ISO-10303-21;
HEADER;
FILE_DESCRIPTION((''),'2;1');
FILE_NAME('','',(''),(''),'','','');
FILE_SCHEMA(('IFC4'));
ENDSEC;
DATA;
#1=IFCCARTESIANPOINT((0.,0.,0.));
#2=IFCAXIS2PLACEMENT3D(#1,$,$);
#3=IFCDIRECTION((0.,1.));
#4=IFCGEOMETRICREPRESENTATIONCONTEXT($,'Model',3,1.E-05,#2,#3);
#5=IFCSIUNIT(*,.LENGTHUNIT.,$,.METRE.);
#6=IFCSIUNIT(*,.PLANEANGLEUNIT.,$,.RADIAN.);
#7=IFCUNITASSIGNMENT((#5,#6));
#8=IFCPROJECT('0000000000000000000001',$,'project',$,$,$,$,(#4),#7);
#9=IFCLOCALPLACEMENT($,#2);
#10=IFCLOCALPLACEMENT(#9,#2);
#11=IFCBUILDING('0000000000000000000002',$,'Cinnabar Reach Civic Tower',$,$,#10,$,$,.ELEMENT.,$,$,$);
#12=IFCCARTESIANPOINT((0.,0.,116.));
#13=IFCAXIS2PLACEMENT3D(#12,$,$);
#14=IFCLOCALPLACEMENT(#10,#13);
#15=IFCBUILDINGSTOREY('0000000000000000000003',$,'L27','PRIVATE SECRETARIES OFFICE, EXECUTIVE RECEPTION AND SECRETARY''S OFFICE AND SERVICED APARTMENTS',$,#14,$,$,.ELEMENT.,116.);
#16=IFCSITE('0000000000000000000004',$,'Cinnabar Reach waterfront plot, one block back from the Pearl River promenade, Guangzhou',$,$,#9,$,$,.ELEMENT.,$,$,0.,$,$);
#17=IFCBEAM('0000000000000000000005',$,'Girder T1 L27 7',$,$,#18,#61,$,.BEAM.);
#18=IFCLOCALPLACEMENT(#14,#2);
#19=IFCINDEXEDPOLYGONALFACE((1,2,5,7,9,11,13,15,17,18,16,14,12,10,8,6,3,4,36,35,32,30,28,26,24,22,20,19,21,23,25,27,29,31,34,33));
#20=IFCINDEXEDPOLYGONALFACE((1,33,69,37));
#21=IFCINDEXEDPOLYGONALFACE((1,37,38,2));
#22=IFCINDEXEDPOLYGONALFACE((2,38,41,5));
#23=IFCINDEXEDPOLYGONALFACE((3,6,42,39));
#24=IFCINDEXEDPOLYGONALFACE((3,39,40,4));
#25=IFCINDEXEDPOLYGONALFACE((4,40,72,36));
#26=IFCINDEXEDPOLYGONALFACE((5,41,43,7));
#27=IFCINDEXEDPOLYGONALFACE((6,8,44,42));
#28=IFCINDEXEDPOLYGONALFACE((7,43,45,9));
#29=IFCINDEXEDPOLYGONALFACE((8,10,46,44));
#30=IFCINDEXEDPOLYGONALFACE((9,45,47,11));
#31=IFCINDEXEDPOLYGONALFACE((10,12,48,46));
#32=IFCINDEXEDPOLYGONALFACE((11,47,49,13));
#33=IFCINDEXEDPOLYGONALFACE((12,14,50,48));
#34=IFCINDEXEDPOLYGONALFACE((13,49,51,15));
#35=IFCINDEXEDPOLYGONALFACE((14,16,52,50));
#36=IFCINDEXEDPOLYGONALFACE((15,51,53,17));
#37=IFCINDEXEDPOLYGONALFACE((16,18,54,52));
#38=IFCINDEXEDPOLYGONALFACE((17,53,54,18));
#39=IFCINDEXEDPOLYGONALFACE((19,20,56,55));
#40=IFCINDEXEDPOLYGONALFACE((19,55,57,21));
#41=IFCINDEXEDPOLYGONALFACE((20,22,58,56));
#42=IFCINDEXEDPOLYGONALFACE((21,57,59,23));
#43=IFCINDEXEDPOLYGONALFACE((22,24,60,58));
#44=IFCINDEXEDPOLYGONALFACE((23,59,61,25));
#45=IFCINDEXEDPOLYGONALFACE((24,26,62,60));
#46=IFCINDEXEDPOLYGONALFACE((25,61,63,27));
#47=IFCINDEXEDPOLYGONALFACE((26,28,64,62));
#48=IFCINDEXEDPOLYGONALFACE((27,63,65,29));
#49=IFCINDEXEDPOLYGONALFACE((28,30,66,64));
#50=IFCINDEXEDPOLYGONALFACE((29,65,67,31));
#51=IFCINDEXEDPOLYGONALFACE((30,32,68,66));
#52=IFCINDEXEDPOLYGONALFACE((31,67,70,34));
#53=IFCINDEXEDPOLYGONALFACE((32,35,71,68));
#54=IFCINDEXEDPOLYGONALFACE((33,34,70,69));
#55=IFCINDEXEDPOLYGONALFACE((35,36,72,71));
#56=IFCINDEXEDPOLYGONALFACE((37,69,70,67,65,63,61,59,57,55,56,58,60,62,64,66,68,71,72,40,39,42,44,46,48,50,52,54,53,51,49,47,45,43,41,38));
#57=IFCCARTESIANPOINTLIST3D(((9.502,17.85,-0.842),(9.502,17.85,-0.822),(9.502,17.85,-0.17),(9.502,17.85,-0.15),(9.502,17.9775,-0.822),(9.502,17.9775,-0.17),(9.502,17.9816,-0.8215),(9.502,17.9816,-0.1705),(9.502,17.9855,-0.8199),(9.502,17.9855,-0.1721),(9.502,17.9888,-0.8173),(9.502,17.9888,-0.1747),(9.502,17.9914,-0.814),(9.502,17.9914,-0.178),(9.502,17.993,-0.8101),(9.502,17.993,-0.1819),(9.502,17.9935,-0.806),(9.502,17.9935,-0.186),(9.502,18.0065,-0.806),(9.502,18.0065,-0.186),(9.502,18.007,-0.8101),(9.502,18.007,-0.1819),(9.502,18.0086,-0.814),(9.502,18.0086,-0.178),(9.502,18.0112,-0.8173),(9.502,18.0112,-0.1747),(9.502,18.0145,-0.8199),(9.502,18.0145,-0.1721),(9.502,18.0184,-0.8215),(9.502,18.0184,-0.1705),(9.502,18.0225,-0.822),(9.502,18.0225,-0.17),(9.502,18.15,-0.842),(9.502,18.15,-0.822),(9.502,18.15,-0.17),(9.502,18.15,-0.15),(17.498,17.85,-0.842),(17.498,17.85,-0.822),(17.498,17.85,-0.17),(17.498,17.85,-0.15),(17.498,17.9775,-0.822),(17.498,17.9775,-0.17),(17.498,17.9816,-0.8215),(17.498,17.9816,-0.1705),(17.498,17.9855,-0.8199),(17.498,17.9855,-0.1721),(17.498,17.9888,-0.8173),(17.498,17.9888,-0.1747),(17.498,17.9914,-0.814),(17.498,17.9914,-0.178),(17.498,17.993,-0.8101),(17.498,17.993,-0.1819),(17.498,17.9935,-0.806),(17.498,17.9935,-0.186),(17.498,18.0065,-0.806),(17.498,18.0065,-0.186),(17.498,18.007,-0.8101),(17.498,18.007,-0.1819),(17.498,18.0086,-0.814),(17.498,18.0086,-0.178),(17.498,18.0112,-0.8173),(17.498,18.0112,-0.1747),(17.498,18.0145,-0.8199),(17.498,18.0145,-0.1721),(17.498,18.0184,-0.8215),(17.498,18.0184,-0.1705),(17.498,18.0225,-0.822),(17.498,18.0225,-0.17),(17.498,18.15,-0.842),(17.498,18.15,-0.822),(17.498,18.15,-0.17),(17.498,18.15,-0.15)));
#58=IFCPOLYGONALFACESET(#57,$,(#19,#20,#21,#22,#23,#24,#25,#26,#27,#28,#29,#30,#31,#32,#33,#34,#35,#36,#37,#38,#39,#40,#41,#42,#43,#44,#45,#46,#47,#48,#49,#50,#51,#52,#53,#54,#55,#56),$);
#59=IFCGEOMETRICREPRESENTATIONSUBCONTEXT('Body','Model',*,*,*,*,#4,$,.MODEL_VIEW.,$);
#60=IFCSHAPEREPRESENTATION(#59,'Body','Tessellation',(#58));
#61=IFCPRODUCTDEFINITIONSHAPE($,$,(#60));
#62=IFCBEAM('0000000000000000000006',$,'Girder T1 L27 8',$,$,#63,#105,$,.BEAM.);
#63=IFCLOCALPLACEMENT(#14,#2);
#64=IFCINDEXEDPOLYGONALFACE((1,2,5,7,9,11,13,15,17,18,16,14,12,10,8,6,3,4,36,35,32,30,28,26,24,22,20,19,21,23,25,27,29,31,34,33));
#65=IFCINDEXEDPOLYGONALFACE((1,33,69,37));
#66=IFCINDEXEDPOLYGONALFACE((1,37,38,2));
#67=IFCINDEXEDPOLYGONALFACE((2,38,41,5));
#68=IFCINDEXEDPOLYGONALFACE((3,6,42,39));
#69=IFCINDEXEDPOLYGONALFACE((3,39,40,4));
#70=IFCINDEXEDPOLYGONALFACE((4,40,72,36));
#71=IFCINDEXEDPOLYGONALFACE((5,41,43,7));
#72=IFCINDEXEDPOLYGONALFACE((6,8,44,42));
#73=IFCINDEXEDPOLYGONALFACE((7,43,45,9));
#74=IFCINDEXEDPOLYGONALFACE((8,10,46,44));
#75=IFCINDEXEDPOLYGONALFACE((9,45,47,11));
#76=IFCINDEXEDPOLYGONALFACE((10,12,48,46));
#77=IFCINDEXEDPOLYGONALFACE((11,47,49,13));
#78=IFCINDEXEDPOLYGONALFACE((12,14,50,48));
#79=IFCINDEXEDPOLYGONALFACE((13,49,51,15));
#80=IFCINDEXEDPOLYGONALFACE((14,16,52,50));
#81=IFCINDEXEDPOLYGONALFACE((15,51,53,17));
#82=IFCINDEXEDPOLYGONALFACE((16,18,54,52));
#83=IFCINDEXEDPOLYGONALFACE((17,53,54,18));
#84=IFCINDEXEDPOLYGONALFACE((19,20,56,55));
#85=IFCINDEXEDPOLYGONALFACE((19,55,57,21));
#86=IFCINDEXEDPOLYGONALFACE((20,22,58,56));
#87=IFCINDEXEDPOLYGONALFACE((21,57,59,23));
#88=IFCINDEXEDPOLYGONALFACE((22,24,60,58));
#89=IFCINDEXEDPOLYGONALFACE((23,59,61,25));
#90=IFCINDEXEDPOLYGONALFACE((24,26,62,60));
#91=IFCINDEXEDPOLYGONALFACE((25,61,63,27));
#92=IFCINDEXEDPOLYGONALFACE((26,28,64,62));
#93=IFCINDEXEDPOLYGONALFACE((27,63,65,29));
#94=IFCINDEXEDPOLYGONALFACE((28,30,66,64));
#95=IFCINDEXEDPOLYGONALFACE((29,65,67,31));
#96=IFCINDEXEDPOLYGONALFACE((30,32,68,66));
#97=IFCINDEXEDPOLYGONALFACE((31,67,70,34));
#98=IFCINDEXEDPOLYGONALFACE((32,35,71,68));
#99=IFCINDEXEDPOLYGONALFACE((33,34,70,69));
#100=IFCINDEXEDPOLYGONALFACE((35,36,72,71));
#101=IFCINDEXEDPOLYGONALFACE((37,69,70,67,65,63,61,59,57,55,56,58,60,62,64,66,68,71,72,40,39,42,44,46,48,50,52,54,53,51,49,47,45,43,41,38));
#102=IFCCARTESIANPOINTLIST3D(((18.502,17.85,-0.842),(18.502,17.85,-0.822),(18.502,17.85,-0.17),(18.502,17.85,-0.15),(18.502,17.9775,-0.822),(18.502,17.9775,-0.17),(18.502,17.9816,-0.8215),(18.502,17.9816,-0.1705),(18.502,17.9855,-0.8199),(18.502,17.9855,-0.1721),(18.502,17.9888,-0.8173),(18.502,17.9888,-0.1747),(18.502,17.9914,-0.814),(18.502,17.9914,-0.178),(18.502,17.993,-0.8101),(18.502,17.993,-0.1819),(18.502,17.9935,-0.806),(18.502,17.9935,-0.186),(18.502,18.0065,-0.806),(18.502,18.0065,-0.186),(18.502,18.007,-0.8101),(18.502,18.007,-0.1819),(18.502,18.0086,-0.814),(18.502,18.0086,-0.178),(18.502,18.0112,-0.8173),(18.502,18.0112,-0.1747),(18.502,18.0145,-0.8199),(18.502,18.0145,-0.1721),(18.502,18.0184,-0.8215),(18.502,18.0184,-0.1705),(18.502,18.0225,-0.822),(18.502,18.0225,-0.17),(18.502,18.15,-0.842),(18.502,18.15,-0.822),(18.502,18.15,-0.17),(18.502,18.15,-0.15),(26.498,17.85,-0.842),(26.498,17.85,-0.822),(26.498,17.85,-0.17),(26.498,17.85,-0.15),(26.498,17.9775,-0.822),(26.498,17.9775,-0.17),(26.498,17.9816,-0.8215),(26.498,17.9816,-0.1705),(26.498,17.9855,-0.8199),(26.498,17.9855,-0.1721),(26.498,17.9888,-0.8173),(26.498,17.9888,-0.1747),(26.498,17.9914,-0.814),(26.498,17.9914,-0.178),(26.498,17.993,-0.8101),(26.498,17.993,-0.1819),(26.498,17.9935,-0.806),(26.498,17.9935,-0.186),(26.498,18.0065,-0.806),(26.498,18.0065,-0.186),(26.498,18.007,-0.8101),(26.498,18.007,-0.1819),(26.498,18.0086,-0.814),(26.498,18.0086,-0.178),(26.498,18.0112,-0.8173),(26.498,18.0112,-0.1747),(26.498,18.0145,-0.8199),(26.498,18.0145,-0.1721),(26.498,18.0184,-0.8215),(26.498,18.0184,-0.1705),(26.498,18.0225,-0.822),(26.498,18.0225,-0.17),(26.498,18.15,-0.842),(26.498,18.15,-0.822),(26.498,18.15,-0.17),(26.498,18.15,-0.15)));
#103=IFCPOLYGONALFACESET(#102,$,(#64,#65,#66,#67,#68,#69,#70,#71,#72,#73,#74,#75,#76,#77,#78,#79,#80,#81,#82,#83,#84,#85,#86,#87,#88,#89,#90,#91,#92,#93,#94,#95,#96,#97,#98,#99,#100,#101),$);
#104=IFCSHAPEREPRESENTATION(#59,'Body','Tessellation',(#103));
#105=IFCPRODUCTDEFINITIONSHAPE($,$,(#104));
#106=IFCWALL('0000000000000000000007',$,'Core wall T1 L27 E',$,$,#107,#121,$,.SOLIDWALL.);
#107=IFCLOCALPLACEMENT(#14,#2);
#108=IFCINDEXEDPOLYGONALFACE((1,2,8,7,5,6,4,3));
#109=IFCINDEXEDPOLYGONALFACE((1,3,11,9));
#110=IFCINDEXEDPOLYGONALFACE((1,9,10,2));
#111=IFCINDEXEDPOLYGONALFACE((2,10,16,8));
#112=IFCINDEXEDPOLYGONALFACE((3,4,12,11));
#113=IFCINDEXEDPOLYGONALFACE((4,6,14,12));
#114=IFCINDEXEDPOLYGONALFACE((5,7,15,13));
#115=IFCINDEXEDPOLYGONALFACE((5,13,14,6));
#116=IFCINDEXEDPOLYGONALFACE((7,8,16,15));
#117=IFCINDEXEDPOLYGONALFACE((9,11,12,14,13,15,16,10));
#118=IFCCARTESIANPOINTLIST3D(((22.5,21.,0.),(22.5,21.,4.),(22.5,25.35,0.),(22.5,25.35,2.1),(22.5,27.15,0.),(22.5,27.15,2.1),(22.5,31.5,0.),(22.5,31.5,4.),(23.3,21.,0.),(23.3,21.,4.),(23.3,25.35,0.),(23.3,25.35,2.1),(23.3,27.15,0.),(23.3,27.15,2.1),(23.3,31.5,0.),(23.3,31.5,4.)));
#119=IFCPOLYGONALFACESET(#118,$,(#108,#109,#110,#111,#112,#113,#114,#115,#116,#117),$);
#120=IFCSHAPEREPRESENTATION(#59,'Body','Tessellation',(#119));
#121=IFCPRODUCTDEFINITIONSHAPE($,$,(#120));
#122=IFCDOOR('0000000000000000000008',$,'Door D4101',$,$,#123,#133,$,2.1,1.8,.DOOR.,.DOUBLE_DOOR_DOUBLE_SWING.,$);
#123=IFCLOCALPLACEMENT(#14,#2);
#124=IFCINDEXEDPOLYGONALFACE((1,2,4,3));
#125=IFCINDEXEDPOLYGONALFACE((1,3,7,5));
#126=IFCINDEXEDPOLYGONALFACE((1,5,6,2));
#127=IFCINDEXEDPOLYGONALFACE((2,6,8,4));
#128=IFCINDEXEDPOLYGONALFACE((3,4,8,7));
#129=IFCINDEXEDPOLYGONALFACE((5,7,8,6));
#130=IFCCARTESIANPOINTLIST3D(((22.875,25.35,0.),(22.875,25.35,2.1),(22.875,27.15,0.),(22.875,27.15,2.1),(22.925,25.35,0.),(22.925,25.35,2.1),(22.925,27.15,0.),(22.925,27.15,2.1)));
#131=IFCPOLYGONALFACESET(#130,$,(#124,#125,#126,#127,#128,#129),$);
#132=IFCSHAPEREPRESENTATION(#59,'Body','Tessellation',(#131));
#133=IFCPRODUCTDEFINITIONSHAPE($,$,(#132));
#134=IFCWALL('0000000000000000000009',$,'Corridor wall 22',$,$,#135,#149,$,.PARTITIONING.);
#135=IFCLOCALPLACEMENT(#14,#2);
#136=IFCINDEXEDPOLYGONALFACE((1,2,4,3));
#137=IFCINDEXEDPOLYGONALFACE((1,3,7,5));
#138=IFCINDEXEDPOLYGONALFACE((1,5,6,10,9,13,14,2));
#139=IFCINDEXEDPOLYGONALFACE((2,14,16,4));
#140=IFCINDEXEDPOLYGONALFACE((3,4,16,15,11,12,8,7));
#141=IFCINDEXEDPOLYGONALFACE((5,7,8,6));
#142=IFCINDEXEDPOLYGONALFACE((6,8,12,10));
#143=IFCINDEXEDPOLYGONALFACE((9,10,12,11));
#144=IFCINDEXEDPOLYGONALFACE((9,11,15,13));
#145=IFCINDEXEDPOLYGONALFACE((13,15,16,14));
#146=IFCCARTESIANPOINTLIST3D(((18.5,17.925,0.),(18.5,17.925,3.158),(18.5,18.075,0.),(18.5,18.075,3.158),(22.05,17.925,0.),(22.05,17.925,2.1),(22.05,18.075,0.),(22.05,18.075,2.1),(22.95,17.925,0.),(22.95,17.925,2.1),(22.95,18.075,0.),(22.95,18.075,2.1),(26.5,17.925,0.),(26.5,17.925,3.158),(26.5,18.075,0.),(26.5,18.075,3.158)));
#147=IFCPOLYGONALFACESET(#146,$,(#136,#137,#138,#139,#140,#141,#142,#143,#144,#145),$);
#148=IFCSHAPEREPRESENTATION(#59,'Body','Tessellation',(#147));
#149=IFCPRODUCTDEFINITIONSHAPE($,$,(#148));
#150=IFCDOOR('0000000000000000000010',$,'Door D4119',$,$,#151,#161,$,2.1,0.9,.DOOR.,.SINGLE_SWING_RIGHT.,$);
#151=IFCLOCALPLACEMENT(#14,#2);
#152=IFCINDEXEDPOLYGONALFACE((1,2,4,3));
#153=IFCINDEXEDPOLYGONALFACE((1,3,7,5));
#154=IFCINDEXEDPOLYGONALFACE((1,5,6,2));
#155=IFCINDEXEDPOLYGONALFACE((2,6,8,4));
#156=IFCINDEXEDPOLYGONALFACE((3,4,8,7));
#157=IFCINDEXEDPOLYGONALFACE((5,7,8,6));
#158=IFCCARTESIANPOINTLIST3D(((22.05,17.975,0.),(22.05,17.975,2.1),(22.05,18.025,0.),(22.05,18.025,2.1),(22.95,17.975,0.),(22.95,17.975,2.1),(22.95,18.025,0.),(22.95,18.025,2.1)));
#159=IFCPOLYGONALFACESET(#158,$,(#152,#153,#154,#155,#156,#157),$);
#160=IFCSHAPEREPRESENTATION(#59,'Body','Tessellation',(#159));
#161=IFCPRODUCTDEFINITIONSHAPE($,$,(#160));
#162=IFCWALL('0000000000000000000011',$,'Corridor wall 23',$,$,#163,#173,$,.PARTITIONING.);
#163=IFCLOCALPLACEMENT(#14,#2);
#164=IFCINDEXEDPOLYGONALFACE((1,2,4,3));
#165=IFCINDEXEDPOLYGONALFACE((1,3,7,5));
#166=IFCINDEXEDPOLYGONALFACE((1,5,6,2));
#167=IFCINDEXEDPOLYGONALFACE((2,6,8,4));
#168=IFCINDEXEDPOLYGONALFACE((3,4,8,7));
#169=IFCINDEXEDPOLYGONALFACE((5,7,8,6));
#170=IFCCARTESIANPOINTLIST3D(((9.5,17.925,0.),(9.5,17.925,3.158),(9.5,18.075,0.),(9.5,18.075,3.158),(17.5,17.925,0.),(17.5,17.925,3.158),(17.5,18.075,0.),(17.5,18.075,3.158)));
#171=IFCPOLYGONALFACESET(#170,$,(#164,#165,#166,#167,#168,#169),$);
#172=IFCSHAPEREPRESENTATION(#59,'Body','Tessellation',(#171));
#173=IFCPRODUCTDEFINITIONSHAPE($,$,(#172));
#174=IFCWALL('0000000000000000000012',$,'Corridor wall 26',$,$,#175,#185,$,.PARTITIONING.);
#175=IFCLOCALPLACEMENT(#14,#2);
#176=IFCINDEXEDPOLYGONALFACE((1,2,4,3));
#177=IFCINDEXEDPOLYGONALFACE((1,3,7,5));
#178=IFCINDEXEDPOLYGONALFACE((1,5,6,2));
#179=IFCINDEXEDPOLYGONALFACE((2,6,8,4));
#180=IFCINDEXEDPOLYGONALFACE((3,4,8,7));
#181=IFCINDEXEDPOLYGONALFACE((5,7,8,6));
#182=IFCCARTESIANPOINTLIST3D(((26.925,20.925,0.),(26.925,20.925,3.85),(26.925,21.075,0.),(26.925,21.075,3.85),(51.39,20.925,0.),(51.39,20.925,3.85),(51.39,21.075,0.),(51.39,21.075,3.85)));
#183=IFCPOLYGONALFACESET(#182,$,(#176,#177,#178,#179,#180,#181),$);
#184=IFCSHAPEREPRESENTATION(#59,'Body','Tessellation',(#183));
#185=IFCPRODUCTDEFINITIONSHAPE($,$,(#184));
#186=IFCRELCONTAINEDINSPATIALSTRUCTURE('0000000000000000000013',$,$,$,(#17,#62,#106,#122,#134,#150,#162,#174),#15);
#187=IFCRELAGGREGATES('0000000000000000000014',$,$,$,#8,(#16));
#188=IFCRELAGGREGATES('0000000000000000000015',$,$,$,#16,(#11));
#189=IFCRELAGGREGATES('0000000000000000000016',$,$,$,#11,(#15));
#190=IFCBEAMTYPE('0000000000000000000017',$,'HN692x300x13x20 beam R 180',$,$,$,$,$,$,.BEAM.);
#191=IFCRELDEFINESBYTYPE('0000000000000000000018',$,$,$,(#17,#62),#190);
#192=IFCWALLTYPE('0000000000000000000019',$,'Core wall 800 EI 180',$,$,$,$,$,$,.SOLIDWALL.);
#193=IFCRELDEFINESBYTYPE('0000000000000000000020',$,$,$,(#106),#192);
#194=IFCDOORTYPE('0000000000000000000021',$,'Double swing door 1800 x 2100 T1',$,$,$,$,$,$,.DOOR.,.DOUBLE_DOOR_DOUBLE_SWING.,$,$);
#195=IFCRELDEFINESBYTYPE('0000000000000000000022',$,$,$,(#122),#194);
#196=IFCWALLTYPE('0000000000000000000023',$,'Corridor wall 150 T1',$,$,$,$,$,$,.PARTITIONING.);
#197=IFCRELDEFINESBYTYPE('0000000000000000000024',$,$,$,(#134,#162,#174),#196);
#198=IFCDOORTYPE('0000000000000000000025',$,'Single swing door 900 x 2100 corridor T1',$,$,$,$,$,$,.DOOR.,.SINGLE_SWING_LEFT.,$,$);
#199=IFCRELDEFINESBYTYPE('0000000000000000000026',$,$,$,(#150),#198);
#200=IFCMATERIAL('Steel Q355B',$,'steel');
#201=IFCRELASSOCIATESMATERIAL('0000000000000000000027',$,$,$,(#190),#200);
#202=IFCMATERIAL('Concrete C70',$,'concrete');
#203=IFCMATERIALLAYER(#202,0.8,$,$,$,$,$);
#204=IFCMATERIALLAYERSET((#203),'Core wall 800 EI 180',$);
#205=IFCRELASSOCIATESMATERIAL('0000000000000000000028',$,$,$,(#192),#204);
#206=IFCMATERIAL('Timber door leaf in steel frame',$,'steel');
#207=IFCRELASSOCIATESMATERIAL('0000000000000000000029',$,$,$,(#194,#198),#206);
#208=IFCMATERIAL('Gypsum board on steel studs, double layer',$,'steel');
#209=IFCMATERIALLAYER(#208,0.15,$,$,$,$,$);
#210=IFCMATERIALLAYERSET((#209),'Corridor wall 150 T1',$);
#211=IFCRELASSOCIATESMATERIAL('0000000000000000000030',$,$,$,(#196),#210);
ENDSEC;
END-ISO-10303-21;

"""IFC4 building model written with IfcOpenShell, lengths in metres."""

from ifc_helpers import new_model, si_unit, direction, frame, frame_2d, origin, origin_2d, place, context, subcontext, project, spatial, rectangle, i_section, extrude, material, layer, layer_set, material_profile, profile_set, type_object, element, fill, save


model = new_model("IFC4")

# Units and contexts
model_context = context("Model", 3, precision=1e-05, world=origin(), true_north=direction((0.0, 1.0)))
body_context = subcontext(model_context, "Body", "Model", "MODEL_VIEW")
ifc_project = project(units=[si_unit("LENGTHUNIT", "METRE"), si_unit("PLANEANGLEUNIT", "RADIAN")], contexts=[model_context])

# Site, building, storey
site_placement = place(None, origin())
site = spatial("IfcSite", under=ifc_project, at=site_placement, Name="Cinnabar Reach waterfront plot, one block back from the Pearl River promenade, Guangzhou", CompositionType="ELEMENT", RefElevation=0.0)
building_placement = place(site_placement, origin())
building = spatial("IfcBuilding", under=site, at=building_placement, Name="Cinnabar Reach Civic Tower", CompositionType="ELEMENT")
storey_placement = place(building_placement, frame((0.0, 0.0, 116.0)))
storey = spatial("IfcBuildingStorey", under=building, at=storey_placement, Name="L27", Description="PRIVATE SECRETARIES OFFICE, EXECUTIVE RECEPTION AND SECRETARY'S OFFICE AND SERVICED APARTMENTS", CompositionType="ELEMENT", Elevation=116.0)

# Shared definitions
ifc_material_1 = material(Name="Concrete C70", Category="concrete")

# Beams
ifc_material_2 = material(Name="Steel Q355B", Category="steel")
ifc_material_profile_1 = material_profile(ifc_material_2, i_section(OverallWidth=0.3, OverallDepth=0.692, WebThickness=0.013, FlangeThickness=0.02, FilletRadius=0.016, at=origin_2d()), Name="HN692x300x13x20")
ifc_profile_set_1 = profile_set([ifc_material_profile_1], Name="Steel Q355B")
beam_type_1 = type_object("IfcBeamType", Name="HN692x300x13x20 beam R 180", PredefinedType="BEAM", material=ifc_profile_set_1)
for number, where, z_axis, x_axis, name in (
    (1, (9.502, 18.0, -0.496), (1.0, 0.0, 0.0), (0.0, 1.0, 0.0), "Girder T1 L27 7"),
    (2, (18.502, 18.0, -0.496), (1.0, 0.0, 0.0), (0.0, 1.0, 0.0), "Girder T1 L27 8"),
):
    element("IfcBeam", number, at=place(storey_placement, frame(where, z_axis=z_axis, x_axis=x_axis)), inside=storey, type_object=beam_type_1, Name=name, PredefinedType="BEAM", context=body_context, shape_type="SweptSolid", body=[
        extrude(i_section(OverallWidth=0.3, OverallDepth=0.692, WebThickness=0.013, FlangeThickness=0.02, FilletRadius=0.016, at=origin_2d()), origin(), (0.0, 0.0, 1.0), 7.996),
    ])

# Walls, openings, doors
ifc_layer_1 = layer(ifc_material_1, 0.8)
ifc_layer_set_1 = layer_set([ifc_layer_1], Name="Core wall 800 EI 180")
wall_type_1 = type_object("IfcWallType", Name="Core wall 800 EI 180", PredefinedType="SOLIDWALL", material=ifc_layer_set_1)
wall_1_placement = place(storey_placement, frame((22.9, 21.0, 0.0), z_axis=(0.0, 0.0, 1.0), x_axis=(0.0, 1.0, 0.0)))
wall_1 = element("IfcWall", 3, at=wall_1_placement, inside=storey, type_object=wall_type_1, Name="Core wall T1 L27 E", PredefinedType="SOLIDWALL", context=body_context, shape_type="SweptSolid", body=[
    extrude(rectangle(XDim=10.5, YDim=0.8, at=frame_2d((5.25, 0.0))), origin(), (0.0, 0.0, 1.0), 4.0),
])
opening_1_placement = place(wall_1_placement, frame((4.35, 0.0, 0.0)))
opening_1 = element("IfcOpeningElement", 4, at=opening_1_placement, cuts=wall_1, PredefinedType="OPENING", context=body_context, shape_type="SweptSolid", body=[
    extrude(rectangle(XDim=1.8, YDim=2.1, at=frame_2d((0.9, 1.05))), frame((0.0, 0.41, 0.0), z_axis=(0.0, -1.0, 0.0), x_axis=(1.0, 0.0, 0.0)), (0.0, 0.0, 1.0), 0.82),
])
ifc_material_3 = material(Name="Timber door leaf in steel frame", Category="steel")
door_type_1 = type_object("IfcDoorType", Name="Double swing door 1800 x 2100 T1", OperationType="DOUBLE_DOOR_DOUBLE_SWING", PredefinedType="DOOR", material=ifc_material_3)
door_1_placement = place(opening_1_placement, origin())
door_1 = element("IfcDoor", 5, at=door_1_placement, inside=storey, type_object=door_type_1, Name="Door D4101", OperationType="DOUBLE_DOOR_DOUBLE_SWING", OverallHeight=2.1, OverallWidth=1.8, PredefinedType="DOOR", context=body_context, shape_type="SweptSolid", body=[
    extrude(rectangle(XDim=1.8, YDim=2.1, at=frame_2d((0.9, 1.05))), frame((0.0, 0.025, 0.0), z_axis=(0.0, -1.0, 0.0), x_axis=(1.0, 0.0, 0.0)), (0.0, 0.0, 1.0), 0.05),
])
fill(opening_1, door_1)
ifc_material_4 = material(Name="Gypsum board on steel studs, double layer", Category="steel")
ifc_layer_2 = layer(ifc_material_4, 0.15)
ifc_layer_set_2 = layer_set([ifc_layer_2], Name="Corridor wall 150 T1")
wall_type_2 = type_object("IfcWallType", Name="Corridor wall 150 T1", PredefinedType="PARTITIONING", material=ifc_layer_set_2)
wall_2_placement = place(storey_placement, frame((18.5, 18.0, 0.0), z_axis=(0.0, 0.0, 1.0), x_axis=(1.0, 0.0, 0.0)))
wall_2 = element("IfcWall", 6, at=wall_2_placement, inside=storey, type_object=wall_type_2, Name="Corridor wall 22", PredefinedType="PARTITIONING", context=body_context, shape_type="SweptSolid", body=[
    extrude(rectangle(XDim=8.0, YDim=0.15, at=frame_2d((4.0, 0.0))), origin(), (0.0, 0.0, 1.0), 3.158),
])
opening_2_placement = place(wall_2_placement, frame((3.55, 0.0, 0.0)))
opening_2 = element("IfcOpeningElement", 7, at=opening_2_placement, cuts=wall_2, PredefinedType="OPENING", context=body_context, shape_type="SweptSolid", body=[
    extrude(rectangle(XDim=0.9, YDim=2.1, at=frame_2d((0.45, 1.05))), frame((0.0, 0.085, 0.0), z_axis=(0.0, -1.0, 0.0), x_axis=(1.0, 0.0, 0.0)), (0.0, 0.0, 1.0), 0.17),
])
door_type_2 = type_object("IfcDoorType", Name="Single swing door 900 x 2100 corridor T1", OperationType="SINGLE_SWING_LEFT", PredefinedType="DOOR", material=ifc_material_3)
door_2_placement = place(opening_2_placement, frame((0.9, 0.0, 0.0), z_axis=(0.0, 0.0, 1.0), x_axis=(-1.0, 0.0, 0.0)))
door_2 = element("IfcDoor", 8, at=door_2_placement, inside=storey, type_object=door_type_2, Name="Door D4119", OperationType="SINGLE_SWING_RIGHT", OverallHeight=2.1, OverallWidth=0.9, PredefinedType="DOOR", context=body_context, shape_type="SweptSolid", body=[
    extrude(rectangle(XDim=0.9, YDim=2.1, at=frame_2d((0.45, 1.05))), frame((0.0, 0.025, 0.0), z_axis=(0.0, -1.0, 0.0), x_axis=(1.0, 0.0, 0.0)), (0.0, 0.0, 1.0), 0.05),
])
fill(opening_2, door_2)

# Walls
wall_3_placement = place(storey_placement, frame((9.5, 18.0, 0.0), z_axis=(0.0, 0.0, 1.0), x_axis=(1.0, 0.0, 0.0)))
element("IfcWall", 9, at=wall_3_placement, inside=storey, type_object=wall_type_2, Name="Corridor wall 23", PredefinedType="PARTITIONING", context=body_context, shape_type="SweptSolid", body=[
    extrude(rectangle(XDim=8.0, YDim=0.15, at=frame_2d((4.0, 0.0))), origin(), (0.0, 0.0, 1.0), 3.158),
])
wall_4_placement = place(storey_placement, frame((26.925, 21.0, 0.0), z_axis=(0.0, 0.0, 1.0), x_axis=(1.0, 0.0, 0.0)))
element("IfcWall", 10, at=wall_4_placement, inside=storey, type_object=wall_type_2, Name="Corridor wall 26", PredefinedType="PARTITIONING", context=body_context, shape_type="SweptSolid", body=[
    extrude(rectangle(XDim=24.465, YDim=0.15, at=frame_2d((12.2325, 0.0))), origin(), (0.0, 0.0, 1.0), 3.85),
])

save(model, "model.ifc")
